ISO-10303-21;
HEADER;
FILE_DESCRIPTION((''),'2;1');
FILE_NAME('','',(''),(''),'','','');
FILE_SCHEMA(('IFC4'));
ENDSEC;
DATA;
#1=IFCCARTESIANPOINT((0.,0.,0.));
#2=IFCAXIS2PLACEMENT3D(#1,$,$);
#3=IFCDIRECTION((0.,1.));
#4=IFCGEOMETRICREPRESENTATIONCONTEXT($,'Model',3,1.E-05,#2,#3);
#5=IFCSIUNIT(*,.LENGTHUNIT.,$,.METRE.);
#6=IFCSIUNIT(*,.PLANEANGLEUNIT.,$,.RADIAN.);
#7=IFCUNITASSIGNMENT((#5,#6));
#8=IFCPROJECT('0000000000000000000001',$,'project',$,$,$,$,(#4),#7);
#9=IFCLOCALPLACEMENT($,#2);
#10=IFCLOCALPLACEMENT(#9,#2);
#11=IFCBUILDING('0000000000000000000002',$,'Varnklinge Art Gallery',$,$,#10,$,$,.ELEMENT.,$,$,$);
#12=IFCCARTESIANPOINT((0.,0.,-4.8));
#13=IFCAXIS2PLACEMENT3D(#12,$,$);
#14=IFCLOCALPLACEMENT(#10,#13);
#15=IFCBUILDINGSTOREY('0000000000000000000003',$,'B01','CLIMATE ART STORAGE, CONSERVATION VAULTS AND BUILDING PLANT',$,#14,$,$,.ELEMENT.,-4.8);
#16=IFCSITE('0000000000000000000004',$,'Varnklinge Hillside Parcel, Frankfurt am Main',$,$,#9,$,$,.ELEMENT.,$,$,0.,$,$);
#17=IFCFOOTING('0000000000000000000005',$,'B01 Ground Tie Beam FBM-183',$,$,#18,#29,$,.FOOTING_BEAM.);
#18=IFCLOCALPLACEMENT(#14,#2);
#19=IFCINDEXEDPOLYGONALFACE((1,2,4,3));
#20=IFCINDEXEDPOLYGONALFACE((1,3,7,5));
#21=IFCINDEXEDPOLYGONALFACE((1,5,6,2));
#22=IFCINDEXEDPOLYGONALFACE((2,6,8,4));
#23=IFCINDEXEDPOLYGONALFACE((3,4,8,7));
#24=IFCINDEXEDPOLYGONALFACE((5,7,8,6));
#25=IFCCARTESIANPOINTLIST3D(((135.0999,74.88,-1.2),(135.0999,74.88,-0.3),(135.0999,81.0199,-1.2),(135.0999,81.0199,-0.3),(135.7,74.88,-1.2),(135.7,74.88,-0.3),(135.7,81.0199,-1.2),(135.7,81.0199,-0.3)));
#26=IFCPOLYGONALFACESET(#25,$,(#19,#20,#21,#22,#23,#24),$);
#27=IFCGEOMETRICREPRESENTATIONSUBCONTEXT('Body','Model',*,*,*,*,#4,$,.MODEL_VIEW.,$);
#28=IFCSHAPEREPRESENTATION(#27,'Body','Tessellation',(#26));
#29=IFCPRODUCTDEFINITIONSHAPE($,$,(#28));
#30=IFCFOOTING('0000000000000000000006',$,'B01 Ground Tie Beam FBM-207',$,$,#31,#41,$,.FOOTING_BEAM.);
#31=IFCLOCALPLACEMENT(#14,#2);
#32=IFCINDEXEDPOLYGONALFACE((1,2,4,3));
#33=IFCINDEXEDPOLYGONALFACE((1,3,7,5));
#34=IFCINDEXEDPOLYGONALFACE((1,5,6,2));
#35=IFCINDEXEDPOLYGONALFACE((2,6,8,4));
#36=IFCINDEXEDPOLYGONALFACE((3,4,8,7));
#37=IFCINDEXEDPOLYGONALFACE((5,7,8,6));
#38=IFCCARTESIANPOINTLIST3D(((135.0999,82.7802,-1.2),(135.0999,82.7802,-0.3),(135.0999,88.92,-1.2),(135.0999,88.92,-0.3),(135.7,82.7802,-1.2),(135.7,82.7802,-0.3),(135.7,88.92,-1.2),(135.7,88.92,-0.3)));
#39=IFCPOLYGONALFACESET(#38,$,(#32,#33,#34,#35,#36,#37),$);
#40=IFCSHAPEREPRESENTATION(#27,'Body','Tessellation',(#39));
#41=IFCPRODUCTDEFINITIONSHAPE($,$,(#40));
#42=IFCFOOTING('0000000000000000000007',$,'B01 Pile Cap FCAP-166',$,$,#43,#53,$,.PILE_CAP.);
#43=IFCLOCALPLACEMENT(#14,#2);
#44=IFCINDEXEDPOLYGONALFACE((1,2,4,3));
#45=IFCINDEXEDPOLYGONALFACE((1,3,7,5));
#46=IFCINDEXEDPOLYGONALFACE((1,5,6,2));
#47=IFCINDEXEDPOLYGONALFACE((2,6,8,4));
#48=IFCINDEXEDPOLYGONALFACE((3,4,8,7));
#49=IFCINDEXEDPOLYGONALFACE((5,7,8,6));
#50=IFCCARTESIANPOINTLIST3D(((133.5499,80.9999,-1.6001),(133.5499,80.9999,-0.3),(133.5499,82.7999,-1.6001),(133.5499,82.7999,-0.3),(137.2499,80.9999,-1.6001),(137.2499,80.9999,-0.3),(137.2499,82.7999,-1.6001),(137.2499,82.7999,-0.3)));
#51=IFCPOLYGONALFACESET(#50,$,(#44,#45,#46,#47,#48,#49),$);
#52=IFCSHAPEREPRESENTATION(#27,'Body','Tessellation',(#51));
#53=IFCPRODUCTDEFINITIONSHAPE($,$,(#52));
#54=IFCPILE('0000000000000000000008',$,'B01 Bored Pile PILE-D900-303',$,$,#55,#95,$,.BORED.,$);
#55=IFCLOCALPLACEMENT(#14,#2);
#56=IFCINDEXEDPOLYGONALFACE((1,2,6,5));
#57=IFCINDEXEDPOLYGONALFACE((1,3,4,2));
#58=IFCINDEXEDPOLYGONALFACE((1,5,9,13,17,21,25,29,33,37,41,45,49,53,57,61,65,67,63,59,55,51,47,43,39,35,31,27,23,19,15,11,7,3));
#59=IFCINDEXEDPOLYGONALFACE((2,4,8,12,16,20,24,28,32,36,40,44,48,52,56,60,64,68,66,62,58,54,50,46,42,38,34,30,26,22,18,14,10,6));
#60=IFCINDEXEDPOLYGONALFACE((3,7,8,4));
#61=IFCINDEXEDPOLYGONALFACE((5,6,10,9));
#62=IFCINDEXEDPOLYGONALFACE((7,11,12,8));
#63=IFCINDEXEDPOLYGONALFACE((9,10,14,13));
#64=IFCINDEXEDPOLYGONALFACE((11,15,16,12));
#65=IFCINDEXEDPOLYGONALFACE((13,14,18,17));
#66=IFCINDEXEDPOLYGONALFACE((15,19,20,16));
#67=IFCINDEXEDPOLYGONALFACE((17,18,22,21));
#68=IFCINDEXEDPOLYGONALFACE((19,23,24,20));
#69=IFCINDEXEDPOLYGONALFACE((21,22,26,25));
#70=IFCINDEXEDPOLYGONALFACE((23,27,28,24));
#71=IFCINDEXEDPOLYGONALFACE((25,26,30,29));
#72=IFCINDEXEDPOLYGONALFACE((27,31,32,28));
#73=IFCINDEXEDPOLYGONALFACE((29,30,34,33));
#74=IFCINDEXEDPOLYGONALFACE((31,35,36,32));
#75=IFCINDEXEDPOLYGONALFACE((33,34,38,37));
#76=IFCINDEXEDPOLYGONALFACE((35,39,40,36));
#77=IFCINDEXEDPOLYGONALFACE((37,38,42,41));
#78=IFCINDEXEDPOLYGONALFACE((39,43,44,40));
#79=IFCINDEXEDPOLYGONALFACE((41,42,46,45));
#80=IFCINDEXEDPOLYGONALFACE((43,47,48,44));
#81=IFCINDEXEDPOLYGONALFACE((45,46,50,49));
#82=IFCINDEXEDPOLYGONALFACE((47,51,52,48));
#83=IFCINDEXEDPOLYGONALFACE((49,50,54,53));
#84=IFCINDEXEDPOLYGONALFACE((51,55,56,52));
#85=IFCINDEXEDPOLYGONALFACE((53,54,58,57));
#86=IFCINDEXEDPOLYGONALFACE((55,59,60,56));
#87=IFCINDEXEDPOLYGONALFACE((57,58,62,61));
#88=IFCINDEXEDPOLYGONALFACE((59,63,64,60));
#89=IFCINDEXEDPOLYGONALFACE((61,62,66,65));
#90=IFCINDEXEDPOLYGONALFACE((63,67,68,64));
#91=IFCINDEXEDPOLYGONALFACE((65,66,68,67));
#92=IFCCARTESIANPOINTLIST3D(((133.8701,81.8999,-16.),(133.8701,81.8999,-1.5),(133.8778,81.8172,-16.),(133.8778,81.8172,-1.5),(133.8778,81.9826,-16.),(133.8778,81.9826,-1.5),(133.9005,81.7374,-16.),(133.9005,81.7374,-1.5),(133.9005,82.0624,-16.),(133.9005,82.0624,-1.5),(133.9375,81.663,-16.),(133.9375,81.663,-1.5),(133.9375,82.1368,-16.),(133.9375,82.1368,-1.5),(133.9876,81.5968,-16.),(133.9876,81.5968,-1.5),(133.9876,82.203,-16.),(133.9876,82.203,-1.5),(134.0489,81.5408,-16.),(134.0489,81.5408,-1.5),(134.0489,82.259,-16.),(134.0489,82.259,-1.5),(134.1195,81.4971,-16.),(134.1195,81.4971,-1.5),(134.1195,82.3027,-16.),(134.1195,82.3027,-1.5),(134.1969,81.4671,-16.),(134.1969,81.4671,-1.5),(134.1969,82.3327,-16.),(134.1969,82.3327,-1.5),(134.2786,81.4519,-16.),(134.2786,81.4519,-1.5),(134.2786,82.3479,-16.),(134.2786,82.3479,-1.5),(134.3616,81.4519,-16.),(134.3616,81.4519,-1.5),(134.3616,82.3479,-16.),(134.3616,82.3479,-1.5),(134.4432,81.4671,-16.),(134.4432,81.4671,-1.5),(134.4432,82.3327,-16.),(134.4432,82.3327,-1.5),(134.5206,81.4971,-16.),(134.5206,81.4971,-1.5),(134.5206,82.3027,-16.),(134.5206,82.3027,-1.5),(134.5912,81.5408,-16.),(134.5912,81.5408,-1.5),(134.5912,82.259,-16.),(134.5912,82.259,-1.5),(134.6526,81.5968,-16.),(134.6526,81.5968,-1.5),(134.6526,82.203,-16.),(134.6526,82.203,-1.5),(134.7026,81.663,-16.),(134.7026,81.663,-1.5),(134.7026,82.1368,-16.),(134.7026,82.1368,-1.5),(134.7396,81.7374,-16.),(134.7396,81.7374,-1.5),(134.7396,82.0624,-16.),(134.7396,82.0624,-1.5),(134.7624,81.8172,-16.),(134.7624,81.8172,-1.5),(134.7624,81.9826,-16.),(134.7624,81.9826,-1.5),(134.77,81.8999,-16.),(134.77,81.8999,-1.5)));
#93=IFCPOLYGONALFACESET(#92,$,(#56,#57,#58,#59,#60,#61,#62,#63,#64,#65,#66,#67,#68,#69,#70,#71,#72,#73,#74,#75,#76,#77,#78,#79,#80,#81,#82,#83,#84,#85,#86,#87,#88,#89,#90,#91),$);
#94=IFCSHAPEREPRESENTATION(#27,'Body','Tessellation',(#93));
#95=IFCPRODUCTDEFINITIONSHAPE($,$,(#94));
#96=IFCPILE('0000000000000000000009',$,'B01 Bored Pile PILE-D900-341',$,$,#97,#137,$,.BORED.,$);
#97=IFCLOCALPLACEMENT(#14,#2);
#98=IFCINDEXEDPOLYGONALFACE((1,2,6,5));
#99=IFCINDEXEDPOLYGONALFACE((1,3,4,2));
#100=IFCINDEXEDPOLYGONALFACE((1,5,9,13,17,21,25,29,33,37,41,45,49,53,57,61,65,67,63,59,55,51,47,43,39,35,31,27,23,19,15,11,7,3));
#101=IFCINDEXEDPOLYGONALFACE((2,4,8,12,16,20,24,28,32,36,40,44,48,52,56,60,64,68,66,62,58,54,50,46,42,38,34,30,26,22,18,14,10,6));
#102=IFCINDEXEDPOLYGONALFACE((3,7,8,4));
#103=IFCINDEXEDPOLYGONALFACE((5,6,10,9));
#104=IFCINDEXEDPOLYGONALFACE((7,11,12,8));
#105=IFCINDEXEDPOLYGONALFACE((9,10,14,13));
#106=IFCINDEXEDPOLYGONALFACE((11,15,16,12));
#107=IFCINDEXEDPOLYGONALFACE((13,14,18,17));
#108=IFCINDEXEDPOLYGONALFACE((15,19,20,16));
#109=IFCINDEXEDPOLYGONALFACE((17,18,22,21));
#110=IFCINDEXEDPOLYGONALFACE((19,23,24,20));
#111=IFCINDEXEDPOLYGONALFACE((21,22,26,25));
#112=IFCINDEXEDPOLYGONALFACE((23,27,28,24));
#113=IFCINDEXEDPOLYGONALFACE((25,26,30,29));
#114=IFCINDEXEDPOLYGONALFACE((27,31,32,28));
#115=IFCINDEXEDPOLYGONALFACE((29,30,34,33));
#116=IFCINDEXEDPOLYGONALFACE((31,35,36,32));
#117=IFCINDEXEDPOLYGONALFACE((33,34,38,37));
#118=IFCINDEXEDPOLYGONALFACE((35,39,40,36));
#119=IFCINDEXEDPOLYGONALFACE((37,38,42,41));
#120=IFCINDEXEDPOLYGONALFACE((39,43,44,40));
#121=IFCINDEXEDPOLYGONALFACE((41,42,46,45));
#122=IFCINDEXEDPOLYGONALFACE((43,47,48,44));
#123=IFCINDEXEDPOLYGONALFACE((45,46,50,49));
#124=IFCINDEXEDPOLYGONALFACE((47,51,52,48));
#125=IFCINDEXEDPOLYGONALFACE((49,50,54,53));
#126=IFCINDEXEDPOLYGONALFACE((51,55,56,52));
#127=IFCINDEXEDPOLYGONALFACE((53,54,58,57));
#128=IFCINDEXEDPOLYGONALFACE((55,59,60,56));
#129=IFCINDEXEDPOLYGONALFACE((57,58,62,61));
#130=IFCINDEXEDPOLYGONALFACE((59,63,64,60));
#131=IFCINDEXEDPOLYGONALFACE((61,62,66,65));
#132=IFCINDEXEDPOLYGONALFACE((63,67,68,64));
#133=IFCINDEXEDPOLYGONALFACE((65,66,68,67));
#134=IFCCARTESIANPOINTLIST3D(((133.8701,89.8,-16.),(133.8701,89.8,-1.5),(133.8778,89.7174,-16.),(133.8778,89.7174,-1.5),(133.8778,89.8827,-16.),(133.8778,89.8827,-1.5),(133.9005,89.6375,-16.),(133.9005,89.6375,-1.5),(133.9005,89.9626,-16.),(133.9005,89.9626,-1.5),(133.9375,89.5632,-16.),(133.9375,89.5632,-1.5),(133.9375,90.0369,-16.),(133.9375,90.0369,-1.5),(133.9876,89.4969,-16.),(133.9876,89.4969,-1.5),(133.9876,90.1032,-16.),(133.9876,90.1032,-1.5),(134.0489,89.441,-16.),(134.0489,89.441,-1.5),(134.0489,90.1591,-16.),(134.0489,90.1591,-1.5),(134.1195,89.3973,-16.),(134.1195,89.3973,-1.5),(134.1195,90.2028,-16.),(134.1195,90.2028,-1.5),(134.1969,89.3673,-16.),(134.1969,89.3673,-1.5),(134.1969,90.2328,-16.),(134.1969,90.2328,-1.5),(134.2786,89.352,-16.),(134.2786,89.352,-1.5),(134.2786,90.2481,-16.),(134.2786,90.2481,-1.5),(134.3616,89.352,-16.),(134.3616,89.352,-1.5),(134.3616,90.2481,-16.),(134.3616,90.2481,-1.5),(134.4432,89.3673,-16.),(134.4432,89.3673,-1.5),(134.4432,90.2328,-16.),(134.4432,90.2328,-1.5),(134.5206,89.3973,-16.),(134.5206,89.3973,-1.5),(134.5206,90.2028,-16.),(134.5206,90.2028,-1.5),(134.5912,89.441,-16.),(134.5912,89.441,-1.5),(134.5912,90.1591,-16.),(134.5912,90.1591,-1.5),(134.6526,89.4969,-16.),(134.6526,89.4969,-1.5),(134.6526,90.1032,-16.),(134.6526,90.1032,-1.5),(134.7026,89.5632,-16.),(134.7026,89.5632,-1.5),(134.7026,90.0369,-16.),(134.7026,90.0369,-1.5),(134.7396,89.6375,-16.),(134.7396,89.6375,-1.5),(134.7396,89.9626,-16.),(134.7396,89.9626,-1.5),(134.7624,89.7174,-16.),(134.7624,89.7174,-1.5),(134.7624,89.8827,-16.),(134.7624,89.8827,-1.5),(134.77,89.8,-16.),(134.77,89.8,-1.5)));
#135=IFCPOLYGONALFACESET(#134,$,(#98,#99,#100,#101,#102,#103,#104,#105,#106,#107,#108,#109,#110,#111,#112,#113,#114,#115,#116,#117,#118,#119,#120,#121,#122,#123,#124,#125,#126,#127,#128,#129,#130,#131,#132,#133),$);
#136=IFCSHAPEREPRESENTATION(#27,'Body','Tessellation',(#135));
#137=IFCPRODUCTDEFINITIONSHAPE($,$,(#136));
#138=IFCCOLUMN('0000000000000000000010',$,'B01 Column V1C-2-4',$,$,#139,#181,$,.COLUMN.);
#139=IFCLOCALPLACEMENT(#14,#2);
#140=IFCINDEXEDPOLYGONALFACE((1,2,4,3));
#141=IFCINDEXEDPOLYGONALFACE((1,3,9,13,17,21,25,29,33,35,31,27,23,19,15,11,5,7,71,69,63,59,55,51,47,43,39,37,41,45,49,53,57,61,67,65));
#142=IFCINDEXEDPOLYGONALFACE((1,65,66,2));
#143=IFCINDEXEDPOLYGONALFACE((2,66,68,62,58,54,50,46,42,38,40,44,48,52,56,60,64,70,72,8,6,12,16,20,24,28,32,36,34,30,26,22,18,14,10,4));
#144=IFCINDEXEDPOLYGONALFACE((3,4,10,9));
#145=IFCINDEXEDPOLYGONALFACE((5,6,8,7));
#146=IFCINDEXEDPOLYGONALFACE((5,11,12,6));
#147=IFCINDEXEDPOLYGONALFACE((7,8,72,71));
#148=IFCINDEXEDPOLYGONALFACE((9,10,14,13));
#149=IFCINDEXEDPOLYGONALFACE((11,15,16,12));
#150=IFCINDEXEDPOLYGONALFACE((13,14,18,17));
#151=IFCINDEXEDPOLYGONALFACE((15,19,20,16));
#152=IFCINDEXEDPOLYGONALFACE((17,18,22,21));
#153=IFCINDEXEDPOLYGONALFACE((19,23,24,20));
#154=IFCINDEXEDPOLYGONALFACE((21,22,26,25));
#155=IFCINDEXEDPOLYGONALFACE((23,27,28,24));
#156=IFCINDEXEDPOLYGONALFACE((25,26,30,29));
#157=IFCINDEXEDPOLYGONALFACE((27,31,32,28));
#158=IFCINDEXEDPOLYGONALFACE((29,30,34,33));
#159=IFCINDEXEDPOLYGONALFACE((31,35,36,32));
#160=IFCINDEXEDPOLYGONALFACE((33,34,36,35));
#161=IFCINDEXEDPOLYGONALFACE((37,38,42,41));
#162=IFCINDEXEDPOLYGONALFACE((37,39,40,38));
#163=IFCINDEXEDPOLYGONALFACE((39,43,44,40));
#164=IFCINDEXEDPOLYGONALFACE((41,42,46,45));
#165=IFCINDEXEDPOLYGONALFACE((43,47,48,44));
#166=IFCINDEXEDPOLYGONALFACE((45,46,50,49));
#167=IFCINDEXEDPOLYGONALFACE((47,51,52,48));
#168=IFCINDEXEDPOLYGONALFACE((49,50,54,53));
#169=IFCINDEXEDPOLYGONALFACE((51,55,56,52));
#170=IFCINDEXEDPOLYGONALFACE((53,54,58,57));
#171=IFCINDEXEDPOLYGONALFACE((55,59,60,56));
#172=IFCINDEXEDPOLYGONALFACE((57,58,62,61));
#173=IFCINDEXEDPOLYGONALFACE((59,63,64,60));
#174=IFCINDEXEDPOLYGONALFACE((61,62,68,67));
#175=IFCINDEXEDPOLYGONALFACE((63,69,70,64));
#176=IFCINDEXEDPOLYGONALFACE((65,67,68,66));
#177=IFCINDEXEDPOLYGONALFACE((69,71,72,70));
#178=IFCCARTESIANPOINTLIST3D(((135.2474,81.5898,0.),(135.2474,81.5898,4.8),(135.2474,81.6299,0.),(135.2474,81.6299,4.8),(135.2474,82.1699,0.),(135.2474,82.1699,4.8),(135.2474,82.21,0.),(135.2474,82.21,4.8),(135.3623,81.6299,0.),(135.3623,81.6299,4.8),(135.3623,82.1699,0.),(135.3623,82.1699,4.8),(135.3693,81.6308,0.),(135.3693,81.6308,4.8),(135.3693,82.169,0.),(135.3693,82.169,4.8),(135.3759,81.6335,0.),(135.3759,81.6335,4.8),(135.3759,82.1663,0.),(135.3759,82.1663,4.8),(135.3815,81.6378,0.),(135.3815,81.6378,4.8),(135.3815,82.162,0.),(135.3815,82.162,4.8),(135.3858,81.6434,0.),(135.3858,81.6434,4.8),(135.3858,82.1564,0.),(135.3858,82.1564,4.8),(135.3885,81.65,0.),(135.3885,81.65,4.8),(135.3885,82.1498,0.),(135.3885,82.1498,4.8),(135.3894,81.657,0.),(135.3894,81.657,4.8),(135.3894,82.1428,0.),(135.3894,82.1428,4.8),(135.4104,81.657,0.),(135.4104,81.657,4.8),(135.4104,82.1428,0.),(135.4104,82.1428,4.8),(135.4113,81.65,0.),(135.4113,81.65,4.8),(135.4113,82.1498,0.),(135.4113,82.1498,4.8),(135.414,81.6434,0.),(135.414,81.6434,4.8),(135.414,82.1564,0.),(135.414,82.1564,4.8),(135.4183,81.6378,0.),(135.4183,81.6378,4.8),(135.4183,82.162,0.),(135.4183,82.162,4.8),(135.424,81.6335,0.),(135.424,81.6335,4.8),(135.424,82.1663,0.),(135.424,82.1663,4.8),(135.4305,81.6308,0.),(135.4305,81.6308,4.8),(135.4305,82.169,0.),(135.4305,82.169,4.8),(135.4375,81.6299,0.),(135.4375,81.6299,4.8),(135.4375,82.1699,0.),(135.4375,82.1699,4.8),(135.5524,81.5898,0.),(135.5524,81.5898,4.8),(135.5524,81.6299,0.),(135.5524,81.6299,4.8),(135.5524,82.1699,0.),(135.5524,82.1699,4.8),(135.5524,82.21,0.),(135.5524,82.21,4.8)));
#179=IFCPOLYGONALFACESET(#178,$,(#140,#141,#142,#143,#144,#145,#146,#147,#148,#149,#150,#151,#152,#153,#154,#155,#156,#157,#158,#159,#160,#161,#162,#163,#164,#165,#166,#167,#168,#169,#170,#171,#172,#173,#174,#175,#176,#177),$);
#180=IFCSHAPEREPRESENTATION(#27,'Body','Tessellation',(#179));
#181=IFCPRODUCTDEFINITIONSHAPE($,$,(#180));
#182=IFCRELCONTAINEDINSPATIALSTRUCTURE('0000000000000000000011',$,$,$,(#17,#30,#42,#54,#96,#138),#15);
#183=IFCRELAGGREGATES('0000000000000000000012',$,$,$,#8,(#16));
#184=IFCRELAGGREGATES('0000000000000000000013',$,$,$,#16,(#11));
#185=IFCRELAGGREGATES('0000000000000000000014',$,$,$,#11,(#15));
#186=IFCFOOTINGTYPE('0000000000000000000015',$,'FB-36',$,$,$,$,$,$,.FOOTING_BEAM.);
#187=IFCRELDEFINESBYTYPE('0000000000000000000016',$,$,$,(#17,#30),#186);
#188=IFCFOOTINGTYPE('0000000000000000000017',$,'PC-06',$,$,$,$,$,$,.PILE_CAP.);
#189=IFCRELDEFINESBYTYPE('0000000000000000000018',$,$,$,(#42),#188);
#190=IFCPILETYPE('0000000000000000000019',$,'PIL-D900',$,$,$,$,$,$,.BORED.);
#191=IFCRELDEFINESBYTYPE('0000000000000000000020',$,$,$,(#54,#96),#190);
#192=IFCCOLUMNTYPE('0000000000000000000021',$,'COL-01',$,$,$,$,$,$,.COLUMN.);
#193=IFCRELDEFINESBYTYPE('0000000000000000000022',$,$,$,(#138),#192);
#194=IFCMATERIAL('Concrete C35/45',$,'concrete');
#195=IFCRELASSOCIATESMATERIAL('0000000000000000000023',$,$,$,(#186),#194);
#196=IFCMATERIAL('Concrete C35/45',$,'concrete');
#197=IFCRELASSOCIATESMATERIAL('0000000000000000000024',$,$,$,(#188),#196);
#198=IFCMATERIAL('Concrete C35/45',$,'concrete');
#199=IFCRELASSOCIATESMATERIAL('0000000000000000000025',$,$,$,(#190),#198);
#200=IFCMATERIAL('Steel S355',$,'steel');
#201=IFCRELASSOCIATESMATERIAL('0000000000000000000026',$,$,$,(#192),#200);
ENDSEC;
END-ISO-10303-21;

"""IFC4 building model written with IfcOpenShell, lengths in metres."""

from ifc_helpers import new_model, si_unit, direction, frame, origin, origin_2d, place, context, subcontext, project, spatial, rectangle, circle, i_section, extrude, material, material_profile, profile_set, type_object, element, save


model = new_model("IFC4")

# Units and contexts
model_context = context("Model", 3, precision=1e-05, world=origin(), true_north=direction((0.0, 1.0)))
body_context = subcontext(model_context, "Body", "Model", "MODEL_VIEW")
ifc_project = project(units=[si_unit("LENGTHUNIT", "METRE"), si_unit("PLANEANGLEUNIT", "RADIAN")], contexts=[model_context])

# Site, building, storey
site_placement = place(None, origin())
site = spatial("IfcSite", under=ifc_project, at=site_placement, Name="Varnklinge Hillside Parcel, Frankfurt am Main", CompositionType="ELEMENT", RefElevation=0.0)
building_placement = place(site_placement, origin())
building = spatial("IfcBuilding", under=site, at=building_placement, Name="Varnklinge Art Gallery", CompositionType="ELEMENT")
storey_placement = place(building_placement, frame((0.0, 0.0, -4.8)))
storey = spatial("IfcBuildingStorey", under=building, at=storey_placement, Name="B01", Description="CLIMATE ART STORAGE, CONSERVATION VAULTS AND BUILDING PLANT", CompositionType="ELEMENT", Elevation=-4.8)

# Footings
ifc_material_1 = material(Name="Concrete C35/45", Category="concrete")
footing_type_1 = type_object("IfcFootingType", Name="FB-36", PredefinedType="FOOTING_BEAM", material=ifc_material_1)
for number, where, z_axis, x_axis, name in (
    (1, (135.3999, 77.95, -1.2), (0.0, 0.0, 1.0), (0.0, 1.0, 0.0), "B01 Ground Tie Beam FBM-183"),
    (2, (135.3999, 85.8501, -1.2), (0.0, 0.0, 1.0), (0.0, 1.0, 0.0), "B01 Ground Tie Beam FBM-207"),
):
    element("IfcFooting", number, at=place(storey_placement, frame(where, z_axis=z_axis, x_axis=x_axis)), inside=storey, type_object=footing_type_1, Name=name, PredefinedType="FOOTING_BEAM", context=body_context, shape_type="SweptSolid", body=[
        extrude(rectangle(XDim=6.1399, YDim=0.6001, at=origin_2d()), origin(), (0.0, 0.0, 1.0), 0.8999),
    ])
ifc_material_2 = material(Name="Concrete C35/45", Category="concrete")
footing_type_2 = type_object("IfcFootingType", Name="PC-06", PredefinedType="PILE_CAP", material=ifc_material_2)
footing_placement = place(storey_placement, frame((135.3999, 81.8999, -1.6001), z_axis=(0.0, 0.0, 1.0), x_axis=(1.0, 0.0, 0.0)))
element("IfcFooting", 3, at=footing_placement, inside=storey, type_object=footing_type_2, Name="B01 Pile Cap FCAP-166", PredefinedType="PILE_CAP", context=body_context, shape_type="SweptSolid", body=[
    extrude(rectangle(XDim=3.7, YDim=1.8, at=origin_2d()), origin(), (0.0, 0.0, 1.0), 1.3),
])

# Piles
ifc_material_3 = material(Name="Concrete C35/45", Category="concrete")
ifc_material_profile_1 = material_profile(ifc_material_3, circle(Radius=0.45, at=origin_2d()), Name="PILE D900")
ifc_profile_set_1 = profile_set([ifc_material_profile_1], Name="Concrete C35/45")
pile_type = type_object("IfcPileType", Name="PIL-D900", PredefinedType="BORED", material=ifc_profile_set_1)
for number, where, z_axis, x_axis, name in (
    (4, (134.3201, 81.8999, -1.5), (0.0, 0.0, -1.0), (1.0, 0.0, 0.0), "B01 Bored Pile PILE-D900-303"),
    (5, (134.3201, 89.8, -1.5), (0.0, 0.0, -1.0), (1.0, 0.0, 0.0), "B01 Bored Pile PILE-D900-341"),
):
    element("IfcPile", number, at=place(storey_placement, frame(where, z_axis=z_axis, x_axis=x_axis)), inside=storey, type_object=pile_type, Name=name, PredefinedType="BORED", context=body_context, shape_type="SweptSolid", body=[
        extrude(circle(Radius=0.45, at=origin_2d()), origin(), (0.0, 0.0, 1.0), 14.5),
    ])

# Column
ifc_material_4 = material(Name="Steel S355", Category="steel")
ifc_material_profile_2 = material_profile(ifc_material_4, i_section(OverallWidth=0.3049, OverallDepth=0.6201, WebThickness=0.021, FlangeThickness=0.04, FilletRadius=0.0271, at=origin_2d()), Name="HEM 600")
ifc_profile_set_2 = profile_set([ifc_material_profile_2], Name="Steel S355")
column_type = type_object("IfcColumnType", Name="COL-01", PredefinedType="COLUMN", material=ifc_profile_set_2)
for number, where, z_axis, x_axis, name in (
    (6, (135.3999, 81.8999, 0.0), (0.0, 0.0, 1.0), (1.0, 0.0, 0.0), "B01 Column V1C-2-4"),
):
    element("IfcColumn", number, at=place(storey_placement, frame(where, z_axis=z_axis, x_axis=x_axis)), inside=storey, type_object=column_type, Name=name, PredefinedType="COLUMN", context=body_context, shape_type="SweptSolid", body=[
        extrude(i_section(OverallWidth=0.3049, OverallDepth=0.6201, WebThickness=0.021, FlangeThickness=0.04, FilletRadius=0.0271, at=origin_2d()), origin(), (0.0, 0.0, 1.0), 4.8),
    ])

save(model, "model.ifc")
